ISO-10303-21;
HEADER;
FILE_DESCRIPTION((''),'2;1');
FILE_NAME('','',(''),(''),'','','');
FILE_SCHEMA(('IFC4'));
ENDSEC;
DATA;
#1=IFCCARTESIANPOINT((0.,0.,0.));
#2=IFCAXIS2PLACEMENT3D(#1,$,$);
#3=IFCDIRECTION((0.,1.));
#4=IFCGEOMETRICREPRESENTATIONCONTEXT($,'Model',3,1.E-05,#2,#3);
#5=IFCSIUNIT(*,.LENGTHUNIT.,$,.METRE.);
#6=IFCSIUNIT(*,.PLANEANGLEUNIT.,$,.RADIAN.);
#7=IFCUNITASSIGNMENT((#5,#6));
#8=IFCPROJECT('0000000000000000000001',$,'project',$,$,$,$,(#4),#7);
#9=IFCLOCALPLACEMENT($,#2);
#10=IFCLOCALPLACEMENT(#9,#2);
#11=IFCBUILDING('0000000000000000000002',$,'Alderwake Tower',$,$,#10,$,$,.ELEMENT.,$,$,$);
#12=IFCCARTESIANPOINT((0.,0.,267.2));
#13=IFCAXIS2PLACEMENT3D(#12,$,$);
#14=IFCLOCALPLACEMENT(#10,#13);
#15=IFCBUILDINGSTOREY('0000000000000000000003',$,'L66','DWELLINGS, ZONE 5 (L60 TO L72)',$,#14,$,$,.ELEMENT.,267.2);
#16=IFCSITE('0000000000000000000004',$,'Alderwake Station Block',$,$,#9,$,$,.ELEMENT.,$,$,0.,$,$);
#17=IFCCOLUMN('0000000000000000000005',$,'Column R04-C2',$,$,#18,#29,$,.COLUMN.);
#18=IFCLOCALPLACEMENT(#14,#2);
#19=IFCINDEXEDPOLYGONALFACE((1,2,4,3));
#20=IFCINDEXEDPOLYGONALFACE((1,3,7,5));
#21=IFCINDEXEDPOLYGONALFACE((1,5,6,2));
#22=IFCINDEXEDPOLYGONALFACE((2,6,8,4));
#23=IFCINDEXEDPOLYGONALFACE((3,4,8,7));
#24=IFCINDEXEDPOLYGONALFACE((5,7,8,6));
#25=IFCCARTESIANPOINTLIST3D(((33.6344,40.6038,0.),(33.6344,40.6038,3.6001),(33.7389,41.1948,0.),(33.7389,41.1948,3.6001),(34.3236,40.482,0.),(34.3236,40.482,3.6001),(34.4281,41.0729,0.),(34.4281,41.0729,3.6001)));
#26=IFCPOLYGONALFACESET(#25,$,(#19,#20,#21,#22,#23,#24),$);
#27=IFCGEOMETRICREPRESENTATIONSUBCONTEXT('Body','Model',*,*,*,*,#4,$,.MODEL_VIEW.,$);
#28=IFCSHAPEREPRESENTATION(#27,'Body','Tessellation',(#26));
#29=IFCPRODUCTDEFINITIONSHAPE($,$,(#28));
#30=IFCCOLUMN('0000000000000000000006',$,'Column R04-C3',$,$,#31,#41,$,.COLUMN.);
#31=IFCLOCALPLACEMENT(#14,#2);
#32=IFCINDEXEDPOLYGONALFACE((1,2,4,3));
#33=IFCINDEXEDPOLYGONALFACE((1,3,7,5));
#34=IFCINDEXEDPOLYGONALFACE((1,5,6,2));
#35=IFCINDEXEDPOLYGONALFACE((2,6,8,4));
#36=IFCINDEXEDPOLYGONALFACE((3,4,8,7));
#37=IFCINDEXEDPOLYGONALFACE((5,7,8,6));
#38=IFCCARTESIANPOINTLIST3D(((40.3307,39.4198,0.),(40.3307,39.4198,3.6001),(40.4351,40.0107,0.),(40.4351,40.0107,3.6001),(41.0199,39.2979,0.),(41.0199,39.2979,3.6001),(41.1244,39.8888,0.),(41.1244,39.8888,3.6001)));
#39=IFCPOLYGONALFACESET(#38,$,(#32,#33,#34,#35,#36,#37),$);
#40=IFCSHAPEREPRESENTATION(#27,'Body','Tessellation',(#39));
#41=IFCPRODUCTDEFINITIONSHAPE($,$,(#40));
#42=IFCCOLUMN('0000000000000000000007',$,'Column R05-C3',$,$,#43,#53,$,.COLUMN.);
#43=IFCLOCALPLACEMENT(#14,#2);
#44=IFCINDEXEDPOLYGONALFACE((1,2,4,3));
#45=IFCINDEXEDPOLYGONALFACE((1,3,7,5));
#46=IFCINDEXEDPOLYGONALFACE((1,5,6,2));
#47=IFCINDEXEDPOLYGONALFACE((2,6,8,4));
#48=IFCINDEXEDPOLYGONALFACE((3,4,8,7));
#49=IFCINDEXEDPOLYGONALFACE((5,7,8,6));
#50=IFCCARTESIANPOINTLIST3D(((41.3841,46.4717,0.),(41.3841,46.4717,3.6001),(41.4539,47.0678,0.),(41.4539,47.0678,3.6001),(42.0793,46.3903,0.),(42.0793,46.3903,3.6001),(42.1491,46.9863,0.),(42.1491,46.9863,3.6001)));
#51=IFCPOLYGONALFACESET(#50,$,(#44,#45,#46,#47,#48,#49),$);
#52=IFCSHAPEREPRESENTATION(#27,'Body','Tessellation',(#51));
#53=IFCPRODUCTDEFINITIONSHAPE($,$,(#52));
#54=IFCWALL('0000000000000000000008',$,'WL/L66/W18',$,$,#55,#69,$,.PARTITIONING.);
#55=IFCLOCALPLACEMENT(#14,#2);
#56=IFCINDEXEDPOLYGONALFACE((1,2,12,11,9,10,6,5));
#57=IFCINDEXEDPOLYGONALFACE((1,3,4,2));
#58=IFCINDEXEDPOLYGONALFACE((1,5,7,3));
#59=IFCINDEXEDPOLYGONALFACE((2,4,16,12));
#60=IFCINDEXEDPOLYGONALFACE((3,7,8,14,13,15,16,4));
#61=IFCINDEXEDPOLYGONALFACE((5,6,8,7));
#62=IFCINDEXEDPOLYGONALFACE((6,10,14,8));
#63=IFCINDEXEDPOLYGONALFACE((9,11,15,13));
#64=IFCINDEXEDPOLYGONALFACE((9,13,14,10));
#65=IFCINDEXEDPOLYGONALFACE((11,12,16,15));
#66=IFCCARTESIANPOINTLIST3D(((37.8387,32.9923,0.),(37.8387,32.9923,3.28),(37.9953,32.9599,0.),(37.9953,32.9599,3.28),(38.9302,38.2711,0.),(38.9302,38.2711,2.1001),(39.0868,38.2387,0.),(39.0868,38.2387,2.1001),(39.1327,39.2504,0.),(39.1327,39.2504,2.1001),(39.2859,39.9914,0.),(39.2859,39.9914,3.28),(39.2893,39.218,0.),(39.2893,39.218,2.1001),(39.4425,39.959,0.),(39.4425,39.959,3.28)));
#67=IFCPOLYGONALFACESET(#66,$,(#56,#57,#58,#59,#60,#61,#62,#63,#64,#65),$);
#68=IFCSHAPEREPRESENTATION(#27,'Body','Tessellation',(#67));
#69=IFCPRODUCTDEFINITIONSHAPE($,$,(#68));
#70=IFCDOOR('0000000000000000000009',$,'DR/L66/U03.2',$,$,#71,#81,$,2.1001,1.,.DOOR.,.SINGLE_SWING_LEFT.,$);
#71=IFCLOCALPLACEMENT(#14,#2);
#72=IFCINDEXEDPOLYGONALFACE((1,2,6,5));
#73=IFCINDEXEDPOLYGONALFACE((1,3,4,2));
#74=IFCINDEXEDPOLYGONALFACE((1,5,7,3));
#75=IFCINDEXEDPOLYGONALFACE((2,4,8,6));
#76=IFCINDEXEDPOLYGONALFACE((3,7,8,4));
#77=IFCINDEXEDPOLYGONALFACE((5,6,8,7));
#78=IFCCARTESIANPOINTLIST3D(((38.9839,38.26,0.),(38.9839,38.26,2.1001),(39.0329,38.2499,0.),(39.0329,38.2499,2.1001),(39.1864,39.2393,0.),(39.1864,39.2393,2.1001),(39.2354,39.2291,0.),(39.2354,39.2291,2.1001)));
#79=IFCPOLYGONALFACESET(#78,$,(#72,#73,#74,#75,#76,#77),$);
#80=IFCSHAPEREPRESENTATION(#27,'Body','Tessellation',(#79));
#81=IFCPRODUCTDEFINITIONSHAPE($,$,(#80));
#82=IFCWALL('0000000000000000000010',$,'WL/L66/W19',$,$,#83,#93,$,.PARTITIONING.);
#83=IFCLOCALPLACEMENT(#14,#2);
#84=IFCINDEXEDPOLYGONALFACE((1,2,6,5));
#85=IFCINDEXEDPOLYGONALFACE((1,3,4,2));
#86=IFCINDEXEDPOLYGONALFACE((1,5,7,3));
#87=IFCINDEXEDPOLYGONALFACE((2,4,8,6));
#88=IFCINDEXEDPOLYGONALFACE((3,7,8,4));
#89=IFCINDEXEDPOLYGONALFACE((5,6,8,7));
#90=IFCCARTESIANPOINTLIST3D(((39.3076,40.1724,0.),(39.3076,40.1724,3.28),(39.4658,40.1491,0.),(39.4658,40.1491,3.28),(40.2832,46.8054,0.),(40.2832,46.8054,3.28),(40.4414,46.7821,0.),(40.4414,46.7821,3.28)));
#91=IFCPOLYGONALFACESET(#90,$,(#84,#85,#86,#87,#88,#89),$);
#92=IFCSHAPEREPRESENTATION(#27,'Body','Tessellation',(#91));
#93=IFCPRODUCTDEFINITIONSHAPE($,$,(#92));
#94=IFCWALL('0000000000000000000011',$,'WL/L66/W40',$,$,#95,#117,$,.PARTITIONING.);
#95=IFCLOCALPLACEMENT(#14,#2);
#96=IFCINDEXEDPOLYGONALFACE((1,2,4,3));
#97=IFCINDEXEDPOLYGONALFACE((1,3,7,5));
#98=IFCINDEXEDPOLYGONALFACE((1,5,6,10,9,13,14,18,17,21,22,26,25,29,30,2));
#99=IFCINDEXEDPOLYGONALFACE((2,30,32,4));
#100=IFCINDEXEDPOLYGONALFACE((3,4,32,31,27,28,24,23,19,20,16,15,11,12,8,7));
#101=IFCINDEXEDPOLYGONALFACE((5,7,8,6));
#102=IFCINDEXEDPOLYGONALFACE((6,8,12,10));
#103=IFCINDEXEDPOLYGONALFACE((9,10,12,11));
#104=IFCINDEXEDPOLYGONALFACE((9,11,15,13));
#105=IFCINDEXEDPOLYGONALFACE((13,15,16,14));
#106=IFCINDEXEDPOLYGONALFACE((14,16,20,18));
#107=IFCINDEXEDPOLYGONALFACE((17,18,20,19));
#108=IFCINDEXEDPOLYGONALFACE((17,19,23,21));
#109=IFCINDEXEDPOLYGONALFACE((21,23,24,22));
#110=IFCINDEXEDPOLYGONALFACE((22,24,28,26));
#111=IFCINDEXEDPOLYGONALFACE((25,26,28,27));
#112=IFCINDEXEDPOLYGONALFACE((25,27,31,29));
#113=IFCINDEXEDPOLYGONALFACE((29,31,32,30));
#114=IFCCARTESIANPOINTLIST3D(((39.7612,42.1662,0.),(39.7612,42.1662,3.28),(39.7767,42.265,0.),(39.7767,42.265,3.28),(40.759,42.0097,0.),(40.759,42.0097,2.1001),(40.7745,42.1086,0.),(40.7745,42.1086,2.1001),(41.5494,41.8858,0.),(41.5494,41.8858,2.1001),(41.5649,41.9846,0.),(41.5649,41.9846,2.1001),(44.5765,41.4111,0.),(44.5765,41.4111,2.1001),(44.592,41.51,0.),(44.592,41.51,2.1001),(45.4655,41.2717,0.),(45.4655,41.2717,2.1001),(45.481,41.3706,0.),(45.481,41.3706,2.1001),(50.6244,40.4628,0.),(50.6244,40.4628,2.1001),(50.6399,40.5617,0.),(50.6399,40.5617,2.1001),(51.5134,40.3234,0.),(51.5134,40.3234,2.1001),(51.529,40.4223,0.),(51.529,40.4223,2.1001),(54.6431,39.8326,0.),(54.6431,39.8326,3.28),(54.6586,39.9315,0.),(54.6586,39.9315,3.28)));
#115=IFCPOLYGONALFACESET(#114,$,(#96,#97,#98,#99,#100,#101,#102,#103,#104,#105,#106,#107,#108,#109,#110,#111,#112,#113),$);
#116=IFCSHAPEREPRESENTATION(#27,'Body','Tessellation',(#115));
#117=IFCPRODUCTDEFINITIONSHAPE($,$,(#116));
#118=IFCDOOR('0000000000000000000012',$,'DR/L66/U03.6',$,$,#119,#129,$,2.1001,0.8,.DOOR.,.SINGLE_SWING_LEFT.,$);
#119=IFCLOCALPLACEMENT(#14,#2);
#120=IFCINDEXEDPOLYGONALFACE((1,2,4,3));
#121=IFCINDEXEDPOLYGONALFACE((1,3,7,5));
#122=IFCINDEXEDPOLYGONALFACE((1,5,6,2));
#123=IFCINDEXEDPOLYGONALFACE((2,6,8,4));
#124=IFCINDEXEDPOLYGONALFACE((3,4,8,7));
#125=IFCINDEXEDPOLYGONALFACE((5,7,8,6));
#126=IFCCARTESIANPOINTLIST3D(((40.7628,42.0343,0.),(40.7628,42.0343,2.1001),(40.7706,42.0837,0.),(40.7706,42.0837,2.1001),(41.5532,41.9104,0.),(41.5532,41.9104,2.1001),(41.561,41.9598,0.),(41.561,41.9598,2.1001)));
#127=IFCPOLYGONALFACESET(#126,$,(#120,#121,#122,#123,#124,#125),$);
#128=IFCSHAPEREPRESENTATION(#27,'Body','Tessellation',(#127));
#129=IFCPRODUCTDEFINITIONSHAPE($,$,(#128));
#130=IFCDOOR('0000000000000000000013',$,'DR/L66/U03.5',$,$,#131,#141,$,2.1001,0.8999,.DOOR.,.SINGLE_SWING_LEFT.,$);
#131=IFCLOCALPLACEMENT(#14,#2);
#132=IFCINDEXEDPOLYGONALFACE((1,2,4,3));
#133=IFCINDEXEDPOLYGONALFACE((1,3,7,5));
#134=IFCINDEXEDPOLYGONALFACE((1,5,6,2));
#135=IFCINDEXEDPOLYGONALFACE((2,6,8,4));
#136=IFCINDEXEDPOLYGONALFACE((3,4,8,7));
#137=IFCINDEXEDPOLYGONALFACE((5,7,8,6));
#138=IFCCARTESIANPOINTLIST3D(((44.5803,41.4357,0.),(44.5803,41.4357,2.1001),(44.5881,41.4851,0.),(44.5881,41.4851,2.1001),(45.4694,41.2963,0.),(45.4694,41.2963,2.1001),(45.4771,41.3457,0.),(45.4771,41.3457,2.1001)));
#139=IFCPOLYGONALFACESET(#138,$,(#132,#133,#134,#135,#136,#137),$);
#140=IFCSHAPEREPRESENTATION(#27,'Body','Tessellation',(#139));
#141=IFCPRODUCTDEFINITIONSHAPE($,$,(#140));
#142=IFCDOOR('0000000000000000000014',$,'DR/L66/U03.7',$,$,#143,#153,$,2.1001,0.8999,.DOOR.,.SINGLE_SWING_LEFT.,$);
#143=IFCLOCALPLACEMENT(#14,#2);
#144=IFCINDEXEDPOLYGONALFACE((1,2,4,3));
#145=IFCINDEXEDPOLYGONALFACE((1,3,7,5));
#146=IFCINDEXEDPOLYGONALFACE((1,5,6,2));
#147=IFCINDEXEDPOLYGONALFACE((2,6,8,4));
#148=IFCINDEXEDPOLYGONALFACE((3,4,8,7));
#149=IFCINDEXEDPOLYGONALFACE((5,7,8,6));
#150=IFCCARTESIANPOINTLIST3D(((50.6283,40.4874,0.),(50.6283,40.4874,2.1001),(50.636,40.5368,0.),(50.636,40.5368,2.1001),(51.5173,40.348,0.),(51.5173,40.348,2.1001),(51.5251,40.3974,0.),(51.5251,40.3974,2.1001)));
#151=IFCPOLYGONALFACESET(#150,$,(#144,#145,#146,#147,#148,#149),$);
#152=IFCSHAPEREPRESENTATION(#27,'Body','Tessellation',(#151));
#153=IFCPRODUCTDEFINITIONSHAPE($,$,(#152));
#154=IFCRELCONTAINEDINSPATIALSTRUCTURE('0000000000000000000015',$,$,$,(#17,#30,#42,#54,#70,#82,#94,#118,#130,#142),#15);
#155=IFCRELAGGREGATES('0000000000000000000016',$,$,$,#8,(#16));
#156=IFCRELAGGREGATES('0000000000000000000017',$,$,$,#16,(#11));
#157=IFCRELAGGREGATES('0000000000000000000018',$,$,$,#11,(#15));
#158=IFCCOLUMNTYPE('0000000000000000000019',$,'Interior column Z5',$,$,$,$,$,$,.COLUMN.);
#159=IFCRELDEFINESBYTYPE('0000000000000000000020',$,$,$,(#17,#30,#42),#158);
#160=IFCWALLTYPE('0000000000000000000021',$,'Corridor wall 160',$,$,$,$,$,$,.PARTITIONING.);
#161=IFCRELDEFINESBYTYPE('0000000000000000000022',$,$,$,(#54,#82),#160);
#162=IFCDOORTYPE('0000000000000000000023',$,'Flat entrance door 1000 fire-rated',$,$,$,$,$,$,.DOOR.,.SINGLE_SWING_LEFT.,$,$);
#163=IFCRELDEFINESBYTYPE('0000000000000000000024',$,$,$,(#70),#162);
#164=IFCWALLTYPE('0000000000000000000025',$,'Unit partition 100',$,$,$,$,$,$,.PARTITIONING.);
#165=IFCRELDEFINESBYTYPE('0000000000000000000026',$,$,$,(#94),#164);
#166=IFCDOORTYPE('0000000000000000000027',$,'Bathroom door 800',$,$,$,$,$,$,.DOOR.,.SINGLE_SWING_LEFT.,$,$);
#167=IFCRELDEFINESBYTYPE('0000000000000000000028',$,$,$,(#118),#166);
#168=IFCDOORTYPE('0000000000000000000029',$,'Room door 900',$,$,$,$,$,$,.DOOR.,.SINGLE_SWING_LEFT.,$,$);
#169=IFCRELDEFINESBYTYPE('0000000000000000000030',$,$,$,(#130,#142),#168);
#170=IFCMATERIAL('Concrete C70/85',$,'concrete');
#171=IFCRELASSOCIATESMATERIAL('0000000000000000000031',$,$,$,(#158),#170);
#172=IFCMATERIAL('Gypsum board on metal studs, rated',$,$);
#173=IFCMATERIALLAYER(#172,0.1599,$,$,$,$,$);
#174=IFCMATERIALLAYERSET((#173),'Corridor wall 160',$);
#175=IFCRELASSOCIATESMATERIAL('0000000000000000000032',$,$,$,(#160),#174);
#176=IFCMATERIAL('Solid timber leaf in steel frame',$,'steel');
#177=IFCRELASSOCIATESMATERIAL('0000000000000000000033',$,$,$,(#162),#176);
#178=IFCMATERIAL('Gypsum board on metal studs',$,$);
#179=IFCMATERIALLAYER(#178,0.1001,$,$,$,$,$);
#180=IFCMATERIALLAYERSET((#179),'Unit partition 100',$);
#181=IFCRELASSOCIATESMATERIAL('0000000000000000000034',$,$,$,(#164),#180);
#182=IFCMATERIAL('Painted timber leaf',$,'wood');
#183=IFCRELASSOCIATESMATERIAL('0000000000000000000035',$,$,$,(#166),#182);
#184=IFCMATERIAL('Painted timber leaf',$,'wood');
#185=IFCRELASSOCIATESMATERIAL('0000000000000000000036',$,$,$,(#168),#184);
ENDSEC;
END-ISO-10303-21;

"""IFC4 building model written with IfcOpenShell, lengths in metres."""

from ifc_helpers import new_model, si_unit, direction, frame, frame_2d, origin, origin_2d, place, context, subcontext, project, spatial, rectangle, extrude, material, layer, layer_set, material_profile, profile_set, type_object, element, fill, save


model = new_model("IFC4")

# Units and contexts
model_context = context("Model", 3, precision=1e-05, world=origin(), true_north=direction((0.0, 1.0)))
body_context = subcontext(model_context, "Body", "Model", "MODEL_VIEW")
ifc_project = project(units=[si_unit("LENGTHUNIT", "METRE"), si_unit("PLANEANGLEUNIT", "RADIAN")], contexts=[model_context])

# Site, building, storey
site_placement = place(None, origin())
site = spatial("IfcSite", under=ifc_project, at=site_placement, Name="Alderwake Station Block", CompositionType="ELEMENT", RefElevation=0.0)
building_placement = place(site_placement, origin())
building = spatial("IfcBuilding", under=site, at=building_placement, Name="Alderwake Tower", CompositionType="ELEMENT")
storey_placement = place(building_placement, frame((0.0, 0.0, 267.2)))
storey = spatial("IfcBuildingStorey", under=building, at=storey_placement, Name="L66", Description="DWELLINGS, ZONE 5 (L60 TO L72)", CompositionType="ELEMENT", Elevation=267.2)

# Columns
ifc_material_1 = material(Name="Concrete C70/85", Category="concrete")
ifc_material_profile = material_profile(ifc_material_1, rectangle(XDim=0.6001, YDim=0.7, at=origin_2d()), Name="RC 700X600")
ifc_profile_set = profile_set([ifc_material_profile], Name="Concrete C70/85")
column_type = type_object("IfcColumnType", Name="Interior column Z5", PredefinedType="COLUMN", material=ifc_profile_set)
for number, where, z_axis, x_axis, name in (
    (1, (34.0312, 40.8384, 0.0), (0.0, 0.0, 1.0), (0.174109, 0.984726, 0.0), "Column R04-C2"),
    (2, (40.7275, 39.6543, 0.0), (0.0, 0.0, 1.0), (0.174109, 0.984726, 0.0), "Column R04-C3"),
    (3, (41.7666, 46.729, 0.0), (0.0, 0.0, 1.0), (0.116402, 0.993202, 0.0), "Column R05-C3"),
):
    element("IfcColumn", number, at=place(storey_placement, frame(where, z_axis=z_axis, x_axis=x_axis)), inside=storey, type_object=column_type, Name=name, PredefinedType="COLUMN", context=body_context, shape_type="SweptSolid", body=[
        extrude(rectangle(XDim=0.6001, YDim=0.7, at=origin_2d()), origin(), (0.0, 0.0, 1.0), 3.6001),
    ])

# Wall, opening, door
ifc_material_2 = material(Name="Gypsum board on metal studs, rated")
ifc_layer_1 = layer(ifc_material_2, 0.1599)
ifc_layer_set_1 = layer_set([ifc_layer_1], Name="Corridor wall 160")
wall_type_1 = type_object("IfcWallType", Name="Corridor wall 160", PredefinedType="PARTITIONING", material=ifc_layer_set_1)
wall_1_placement = place(storey_placement, frame((39.3643, 39.9753, 0.0), z_axis=(0.0, 0.0, 1.0), x_axis=(-0.20249, -0.979284, 0.0)))
wall_1 = element("IfcWall", 4, at=wall_1_placement, inside=storey, type_object=wall_type_1, Name="WL/L66/W18", PredefinedType="PARTITIONING", context=body_context, shape_type="SweptSolid", body=[
    extrude(rectangle(XDim=7.1472, YDim=0.1599, at=frame_2d((3.5737, 0.0))), origin(), (0.0, 0.0, 1.0), 3.28),
])
opening_1_placement = place(wall_1_placement, frame((0.7568, 0.0, 0.0)))
opening_1 = element("IfcOpeningElement", 5, at=opening_1_placement, cuts=wall_1, PredefinedType="OPENING", context=body_context, shape_type="SweptSolid", body=[
    extrude(rectangle(XDim=1.0, YDim=2.1001, at=frame_2d((0.5, 1.05))), frame((0.0, 0.0898, 0.0), z_axis=(0.0, -1.0, 0.0), x_axis=(1.0, 0.0, 0.0)), (0.0, 0.0, 1.0), 0.1799),
])
ifc_material_3 = material(Name="Solid timber leaf in steel frame", Category="steel")
door_type_1 = type_object("IfcDoorType", Name="Flat entrance door 1000 fire-rated", OperationType="SINGLE_SWING_LEFT", PredefinedType="DOOR", material=ifc_material_3)
door_1_placement = place(opening_1_placement, origin())
door_1 = element("IfcDoor", 6, at=door_1_placement, inside=storey, type_object=door_type_1, Name="DR/L66/U03.2", OperationType="SINGLE_SWING_LEFT", OverallHeight=2.1001, OverallWidth=1.0, PredefinedType="DOOR", context=body_context, shape_type="SweptSolid", body=[
    extrude(rectangle(XDim=1.0, YDim=2.1001, at=frame_2d((0.5, 1.05))), frame((0.0, 0.0249, 0.0), z_axis=(0.0, -1.0, 0.0), x_axis=(1.0, 0.0, 0.0)), (0.0, 0.0, 1.0), 0.05),
])
fill(opening_1, door_1)

# Wall
wall_2_placement = place(storey_placement, frame((39.3867, 40.1609, 0.0), z_axis=(0.0, 0.0, 1.0), x_axis=(0.145514, 0.989356, 0.0)))
element("IfcWall", 7, at=wall_2_placement, inside=storey, type_object=wall_type_1, Name="WL/L66/W19", PredefinedType="PARTITIONING", context=body_context, shape_type="SweptSolid", body=[
    extrude(rectangle(XDim=6.7043, YDim=0.1599, at=frame_2d((3.3521, 0.0))), origin(), (0.0, 0.0, 1.0), 3.28),
])

# Wall, openings, doors
ifc_material_4 = material(Name="Gypsum board on metal studs")
ifc_layer_2 = layer(ifc_material_4, 0.1001)
ifc_layer_set_2 = layer_set([ifc_layer_2], Name="Unit partition 100")
wall_type_2 = type_object("IfcWallType", Name="Unit partition 100", PredefinedType="PARTITIONING", material=ifc_layer_set_2)
wall_3_placement = place(storey_placement, frame((39.769, 42.2156, 0.0), z_axis=(0.0, 0.0, 1.0), x_axis=(0.987929, -0.154909, 0.0)))
wall_3 = element("IfcWall", 8, at=wall_3_placement, inside=storey, type_object=wall_type_2, Name="WL/L66/W40", PredefinedType="PARTITIONING", context=body_context, shape_type="SweptSolid", body=[
    extrude(rectangle(XDim=15.0637, YDim=0.1001, at=frame_2d((7.5317, 0.0))), origin(), (0.0, 0.0, 1.0), 3.28),
])
opening_2_placement = place(wall_3_placement, frame((4.874, 0.0, 0.0)))
opening_2 = element("IfcOpeningElement", 9, at=opening_2_placement, cuts=wall_3, PredefinedType="OPENING", context=body_context, shape_type="SweptSolid", body=[
    extrude(rectangle(XDim=0.8999, YDim=2.1001, at=frame_2d((0.45, 1.05))), frame((0.0, 0.0601, 0.0), z_axis=(0.0, -1.0, 0.0), x_axis=(1.0, 0.0, 0.0)), (0.0, 0.0, 1.0), 0.1201),
])
opening_3_placement = place(wall_3_placement, frame((1.01, 0.0, 0.0)))
opening_3 = element("IfcOpeningElement", 10, at=opening_3_placement, cuts=wall_3, PredefinedType="OPENING", context=body_context, shape_type="SweptSolid", body=[
    extrude(rectangle(XDim=0.8, YDim=2.1001, at=frame_2d((0.3999, 1.05))), frame((0.0, 0.0601, 0.0), z_axis=(0.0, -1.0, 0.0), x_axis=(1.0, 0.0, 0.0)), (0.0, 0.0, 1.0), 0.1201),
])
opening_4_placement = place(wall_3_placement, frame((10.9958, 0.0, 0.0)))
opening_4 = element("IfcOpeningElement", 11, at=opening_4_placement, cuts=wall_3, PredefinedType="OPENING", context=body_context, shape_type="SweptSolid", body=[
    extrude(rectangle(XDim=0.8999, YDim=2.1001, at=frame_2d((0.45, 1.05))), frame((0.0, 0.0601, 0.0), z_axis=(0.0, -1.0, 0.0), x_axis=(1.0, 0.0, 0.0)), (0.0, 0.0, 1.0), 0.1201),
])
ifc_material_5 = material(Name="Painted timber leaf", Category="wood")
door_type_2 = type_object("IfcDoorType", Name="Bathroom door 800", OperationType="SINGLE_SWING_LEFT", PredefinedType="DOOR", material=ifc_material_5)
door_2_placement = place(opening_3_placement, origin())
door_2 = element("IfcDoor", 12, at=door_2_placement, inside=storey, type_object=door_type_2, Name="DR/L66/U03.6", OperationType="SINGLE_SWING_LEFT", OverallHeight=2.1001, OverallWidth=0.8, PredefinedType="DOOR", context=body_context, shape_type="SweptSolid", body=[
    extrude(rectangle(XDim=0.8, YDim=2.1001, at=frame_2d((0.3999, 1.05))), frame((0.0, 0.0249, 0.0), z_axis=(0.0, -1.0, 0.0), x_axis=(1.0, 0.0, 0.0)), (0.0, 0.0, 1.0), 0.05),
])
fill(opening_3, door_2)
ifc_material_6 = material(Name="Painted timber leaf", Category="wood")
door_type_3 = type_object("IfcDoorType", Name="Room door 900", OperationType="SINGLE_SWING_LEFT", PredefinedType="DOOR", material=ifc_material_6)
door_3_placement = place(opening_2_placement, origin())
door_3 = element("IfcDoor", 13, at=door_3_placement, inside=storey, type_object=door_type_3, Name="DR/L66/U03.5", OperationType="SINGLE_SWING_LEFT", OverallHeight=2.1001, OverallWidth=0.8999, PredefinedType="DOOR", context=body_context, shape_type="SweptSolid", body=[
    extrude(rectangle(XDim=0.8999, YDim=2.1001, at=frame_2d((0.45, 1.05))), frame((0.0, 0.0249, 0.0), z_axis=(0.0, -1.0, 0.0), x_axis=(1.0, 0.0, 0.0)), (0.0, 0.0, 1.0), 0.05),
])
fill(opening_2, door_3)
door_4_placement = place(opening_4_placement, origin())
door_4 = element("IfcDoor", 14, at=door_4_placement, inside=storey, type_object=door_type_3, Name="DR/L66/U03.7", OperationType="SINGLE_SWING_LEFT", OverallHeight=2.1001, OverallWidth=0.8999, PredefinedType="DOOR", context=body_context, shape_type="SweptSolid", body=[
    extrude(rectangle(XDim=0.8999, YDim=2.1001, at=frame_2d((0.45, 1.05))), frame((0.0, 0.0249, 0.0), z_axis=(0.0, -1.0, 0.0), x_axis=(1.0, 0.0, 0.0)), (0.0, 0.0, 1.0), 0.05),
])
fill(opening_4, door_4)

save(model, "model.ifc")
